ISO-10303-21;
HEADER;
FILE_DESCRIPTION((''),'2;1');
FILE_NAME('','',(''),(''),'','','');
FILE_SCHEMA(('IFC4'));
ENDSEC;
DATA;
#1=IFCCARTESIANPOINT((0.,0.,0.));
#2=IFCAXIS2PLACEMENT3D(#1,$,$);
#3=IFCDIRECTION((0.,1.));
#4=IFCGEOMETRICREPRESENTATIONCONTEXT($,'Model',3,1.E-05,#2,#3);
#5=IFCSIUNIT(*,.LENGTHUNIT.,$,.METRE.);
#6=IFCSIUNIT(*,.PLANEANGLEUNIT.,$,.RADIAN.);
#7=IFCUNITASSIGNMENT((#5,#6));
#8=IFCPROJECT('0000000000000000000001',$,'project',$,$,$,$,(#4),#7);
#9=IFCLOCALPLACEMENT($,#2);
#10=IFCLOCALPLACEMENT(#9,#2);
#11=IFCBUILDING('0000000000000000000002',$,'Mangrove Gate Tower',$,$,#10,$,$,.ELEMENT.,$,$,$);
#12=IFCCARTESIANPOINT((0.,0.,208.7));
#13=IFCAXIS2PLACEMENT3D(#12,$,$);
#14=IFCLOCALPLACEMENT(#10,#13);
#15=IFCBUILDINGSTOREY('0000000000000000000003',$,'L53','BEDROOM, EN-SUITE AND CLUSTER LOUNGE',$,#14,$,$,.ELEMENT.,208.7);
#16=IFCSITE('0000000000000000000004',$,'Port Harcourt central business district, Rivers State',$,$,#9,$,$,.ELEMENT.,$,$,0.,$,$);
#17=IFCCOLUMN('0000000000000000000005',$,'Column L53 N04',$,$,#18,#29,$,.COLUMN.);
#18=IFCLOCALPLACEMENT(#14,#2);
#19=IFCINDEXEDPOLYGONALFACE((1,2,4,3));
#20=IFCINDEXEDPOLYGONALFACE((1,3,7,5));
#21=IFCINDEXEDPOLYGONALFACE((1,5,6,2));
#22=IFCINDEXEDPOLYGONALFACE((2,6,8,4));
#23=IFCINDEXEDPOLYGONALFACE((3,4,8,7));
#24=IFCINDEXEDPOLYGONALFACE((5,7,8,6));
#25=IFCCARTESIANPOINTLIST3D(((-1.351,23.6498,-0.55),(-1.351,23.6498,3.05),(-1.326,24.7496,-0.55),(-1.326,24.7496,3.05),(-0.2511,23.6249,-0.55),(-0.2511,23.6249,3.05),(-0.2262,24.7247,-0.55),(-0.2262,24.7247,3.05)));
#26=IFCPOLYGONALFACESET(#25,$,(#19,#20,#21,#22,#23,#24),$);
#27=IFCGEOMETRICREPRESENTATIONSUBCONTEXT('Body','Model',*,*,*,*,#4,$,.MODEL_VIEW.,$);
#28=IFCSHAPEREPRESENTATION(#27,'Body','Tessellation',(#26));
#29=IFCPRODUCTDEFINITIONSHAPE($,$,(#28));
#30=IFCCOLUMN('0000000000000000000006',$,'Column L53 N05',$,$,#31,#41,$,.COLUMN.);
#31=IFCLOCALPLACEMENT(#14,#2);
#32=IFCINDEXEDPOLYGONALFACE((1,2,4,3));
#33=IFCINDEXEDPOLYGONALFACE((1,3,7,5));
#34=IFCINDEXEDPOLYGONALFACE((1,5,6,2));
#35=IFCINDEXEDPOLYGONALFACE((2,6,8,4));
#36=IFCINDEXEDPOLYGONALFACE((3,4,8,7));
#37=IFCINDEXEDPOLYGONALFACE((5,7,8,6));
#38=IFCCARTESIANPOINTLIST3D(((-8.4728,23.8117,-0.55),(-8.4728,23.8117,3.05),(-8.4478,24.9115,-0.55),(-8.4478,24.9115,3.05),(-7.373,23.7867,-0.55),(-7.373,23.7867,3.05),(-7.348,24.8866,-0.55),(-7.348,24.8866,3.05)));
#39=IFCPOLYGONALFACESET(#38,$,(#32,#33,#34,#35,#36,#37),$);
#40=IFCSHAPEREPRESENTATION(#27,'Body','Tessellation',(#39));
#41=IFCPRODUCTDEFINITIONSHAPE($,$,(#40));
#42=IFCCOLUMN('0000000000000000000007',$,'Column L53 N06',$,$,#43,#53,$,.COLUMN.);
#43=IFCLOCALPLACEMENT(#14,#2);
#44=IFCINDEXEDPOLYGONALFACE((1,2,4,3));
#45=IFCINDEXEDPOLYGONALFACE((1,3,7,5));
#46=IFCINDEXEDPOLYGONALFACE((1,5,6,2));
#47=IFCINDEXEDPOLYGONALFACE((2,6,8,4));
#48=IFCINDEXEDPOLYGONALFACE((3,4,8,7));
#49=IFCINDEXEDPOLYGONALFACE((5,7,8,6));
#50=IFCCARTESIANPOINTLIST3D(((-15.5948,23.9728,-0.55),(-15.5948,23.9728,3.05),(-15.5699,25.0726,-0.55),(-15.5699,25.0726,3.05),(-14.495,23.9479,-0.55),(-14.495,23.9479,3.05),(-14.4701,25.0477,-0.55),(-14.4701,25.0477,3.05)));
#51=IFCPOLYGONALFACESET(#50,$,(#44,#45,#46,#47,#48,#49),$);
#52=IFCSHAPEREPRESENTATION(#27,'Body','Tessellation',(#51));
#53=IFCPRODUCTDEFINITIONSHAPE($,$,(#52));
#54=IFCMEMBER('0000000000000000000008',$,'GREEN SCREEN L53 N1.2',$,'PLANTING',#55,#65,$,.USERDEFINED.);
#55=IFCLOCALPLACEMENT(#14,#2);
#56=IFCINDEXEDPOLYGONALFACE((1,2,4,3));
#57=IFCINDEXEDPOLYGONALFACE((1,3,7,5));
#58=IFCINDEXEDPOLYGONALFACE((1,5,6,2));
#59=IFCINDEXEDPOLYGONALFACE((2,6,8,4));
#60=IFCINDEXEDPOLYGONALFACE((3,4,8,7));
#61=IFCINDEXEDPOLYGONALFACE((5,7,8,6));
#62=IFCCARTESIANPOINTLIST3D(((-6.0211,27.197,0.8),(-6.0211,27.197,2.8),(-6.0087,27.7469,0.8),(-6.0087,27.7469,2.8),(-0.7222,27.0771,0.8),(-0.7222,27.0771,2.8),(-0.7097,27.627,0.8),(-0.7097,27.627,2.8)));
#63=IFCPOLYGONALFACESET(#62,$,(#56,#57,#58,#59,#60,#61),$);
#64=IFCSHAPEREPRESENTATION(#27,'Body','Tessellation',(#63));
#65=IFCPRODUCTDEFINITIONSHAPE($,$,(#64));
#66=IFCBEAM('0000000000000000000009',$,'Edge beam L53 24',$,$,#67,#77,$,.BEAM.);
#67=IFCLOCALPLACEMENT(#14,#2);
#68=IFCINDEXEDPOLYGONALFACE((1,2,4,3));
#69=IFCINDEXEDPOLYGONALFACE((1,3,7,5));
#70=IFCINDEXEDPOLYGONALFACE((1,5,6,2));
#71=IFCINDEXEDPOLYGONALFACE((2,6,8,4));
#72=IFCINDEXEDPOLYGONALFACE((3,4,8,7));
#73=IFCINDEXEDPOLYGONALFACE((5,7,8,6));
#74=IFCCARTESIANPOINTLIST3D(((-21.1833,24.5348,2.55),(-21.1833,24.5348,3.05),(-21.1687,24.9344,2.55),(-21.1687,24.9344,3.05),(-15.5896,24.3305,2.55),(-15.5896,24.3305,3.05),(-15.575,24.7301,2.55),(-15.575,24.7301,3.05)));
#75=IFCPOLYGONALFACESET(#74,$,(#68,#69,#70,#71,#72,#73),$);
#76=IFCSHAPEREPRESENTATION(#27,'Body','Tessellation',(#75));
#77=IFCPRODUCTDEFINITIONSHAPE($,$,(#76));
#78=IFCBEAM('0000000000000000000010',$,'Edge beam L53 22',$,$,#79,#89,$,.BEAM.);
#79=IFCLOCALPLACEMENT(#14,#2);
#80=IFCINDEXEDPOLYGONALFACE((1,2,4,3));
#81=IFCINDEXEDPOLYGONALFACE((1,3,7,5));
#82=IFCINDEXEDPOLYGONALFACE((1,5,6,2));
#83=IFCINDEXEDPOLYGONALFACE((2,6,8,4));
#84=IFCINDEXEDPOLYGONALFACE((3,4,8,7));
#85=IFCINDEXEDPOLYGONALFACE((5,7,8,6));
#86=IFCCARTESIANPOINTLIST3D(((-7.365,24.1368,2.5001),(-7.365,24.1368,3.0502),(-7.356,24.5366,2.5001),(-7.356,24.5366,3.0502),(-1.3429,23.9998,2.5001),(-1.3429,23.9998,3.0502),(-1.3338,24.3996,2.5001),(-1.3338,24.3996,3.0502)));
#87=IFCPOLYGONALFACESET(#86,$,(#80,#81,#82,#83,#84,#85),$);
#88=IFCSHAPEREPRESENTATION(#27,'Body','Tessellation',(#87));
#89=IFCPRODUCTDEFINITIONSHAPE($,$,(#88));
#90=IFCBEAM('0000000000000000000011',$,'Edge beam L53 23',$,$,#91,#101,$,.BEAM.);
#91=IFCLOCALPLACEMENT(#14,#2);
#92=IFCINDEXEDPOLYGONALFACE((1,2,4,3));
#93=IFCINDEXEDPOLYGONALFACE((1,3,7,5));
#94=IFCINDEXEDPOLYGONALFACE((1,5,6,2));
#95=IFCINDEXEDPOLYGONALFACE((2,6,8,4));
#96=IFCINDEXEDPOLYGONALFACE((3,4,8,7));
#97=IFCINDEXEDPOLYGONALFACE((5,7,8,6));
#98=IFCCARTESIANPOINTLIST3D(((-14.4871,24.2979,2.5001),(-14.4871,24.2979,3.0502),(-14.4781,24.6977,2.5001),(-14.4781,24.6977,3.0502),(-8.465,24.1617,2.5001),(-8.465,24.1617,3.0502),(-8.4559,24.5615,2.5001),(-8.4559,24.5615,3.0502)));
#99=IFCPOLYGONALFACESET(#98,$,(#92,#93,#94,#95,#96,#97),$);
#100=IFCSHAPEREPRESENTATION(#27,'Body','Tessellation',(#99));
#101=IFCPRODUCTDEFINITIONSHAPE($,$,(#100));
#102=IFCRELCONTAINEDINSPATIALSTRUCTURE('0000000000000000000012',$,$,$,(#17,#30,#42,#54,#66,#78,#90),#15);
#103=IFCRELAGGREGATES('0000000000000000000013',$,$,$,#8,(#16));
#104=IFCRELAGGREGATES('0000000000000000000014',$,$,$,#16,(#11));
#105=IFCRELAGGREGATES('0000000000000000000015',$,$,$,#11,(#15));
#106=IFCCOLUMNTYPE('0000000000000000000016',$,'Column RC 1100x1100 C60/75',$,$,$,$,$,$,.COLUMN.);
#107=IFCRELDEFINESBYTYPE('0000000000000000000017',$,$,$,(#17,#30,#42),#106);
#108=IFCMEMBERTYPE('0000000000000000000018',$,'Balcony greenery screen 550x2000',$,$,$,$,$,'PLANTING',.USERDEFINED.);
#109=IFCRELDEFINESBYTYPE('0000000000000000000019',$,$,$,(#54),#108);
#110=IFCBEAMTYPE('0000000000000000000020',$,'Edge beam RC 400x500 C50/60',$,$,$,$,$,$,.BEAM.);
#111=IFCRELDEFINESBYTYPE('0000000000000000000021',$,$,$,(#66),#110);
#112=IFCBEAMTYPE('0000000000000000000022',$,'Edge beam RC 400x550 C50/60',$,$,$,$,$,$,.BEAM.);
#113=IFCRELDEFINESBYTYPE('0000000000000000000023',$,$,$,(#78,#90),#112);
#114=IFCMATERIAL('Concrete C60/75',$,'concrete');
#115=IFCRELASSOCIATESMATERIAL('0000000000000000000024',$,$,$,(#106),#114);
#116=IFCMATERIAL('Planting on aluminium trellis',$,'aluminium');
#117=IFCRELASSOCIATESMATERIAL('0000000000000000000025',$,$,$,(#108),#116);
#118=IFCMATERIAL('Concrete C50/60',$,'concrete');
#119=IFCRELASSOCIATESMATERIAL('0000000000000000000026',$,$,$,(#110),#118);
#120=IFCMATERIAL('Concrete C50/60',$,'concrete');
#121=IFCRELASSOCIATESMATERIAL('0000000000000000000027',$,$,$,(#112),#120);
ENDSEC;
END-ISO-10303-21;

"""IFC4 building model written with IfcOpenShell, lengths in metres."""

from ifc_helpers import new_model, si_unit, direction, frame, origin, origin_2d, place, context, subcontext, project, spatial, rectangle, extrude, material, material_profile, profile_set, type_object, element, save


model = new_model("IFC4")

# Units and contexts
model_context = context("Model", 3, precision=1e-05, world=origin(), true_north=direction((0.0, 1.0)))
body_context = subcontext(model_context, "Body", "Model", "MODEL_VIEW")
ifc_project = project(units=[si_unit("LENGTHUNIT", "METRE"), si_unit("PLANEANGLEUNIT", "RADIAN")], contexts=[model_context])

# Site, building, storey
site_placement = place(None, origin())
site = spatial("IfcSite", under=ifc_project, at=site_placement, Name="Port Harcourt central business district, Rivers State", CompositionType="ELEMENT", RefElevation=0.0)
building_placement = place(site_placement, origin())
building = spatial("IfcBuilding", under=site, at=building_placement, Name="Mangrove Gate Tower", CompositionType="ELEMENT")
storey_placement = place(building_placement, frame((0.0, 0.0, 208.7)))
storey = spatial("IfcBuildingStorey", under=building, at=storey_placement, Name="L53", Description="BEDROOM, EN-SUITE AND CLUSTER LOUNGE", CompositionType="ELEMENT", Elevation=208.7)

# Columns
ifc_material_1 = material(Name="Concrete C60/75", Category="concrete")
ifc_material_profile_1 = material_profile(ifc_material_1, rectangle(XDim=1.1001, YDim=1.1001, at=origin_2d()))
ifc_profile_set_1 = profile_set([ifc_material_profile_1], Name="Concrete C60/75")
column_type = type_object("IfcColumnType", Name="Column RC 1100x1100 C60/75", PredefinedType="COLUMN", material=ifc_profile_set_1)
for number, where, z_axis, x_axis, name in (
    (1, (-0.7886, 24.1873, -0.55), (0.0, 0.0, 1.0), (-0.999743, 0.02267, 0.0), "Column L53 N04"),
    (2, (-7.9104, 24.3491, -0.55), (0.0, 0.0, 1.0), (-0.999743, 0.02267, 0.0), "Column L53 N05"),
    (3, (-15.0325, 24.5103, -0.55), (0.0, 0.0, 1.0), (-0.999743, 0.02267, 0.0), "Column L53 N06"),
):
    element("IfcColumn", number, at=place(storey_placement, frame(where, z_axis=z_axis, x_axis=x_axis)), inside=storey, type_object=column_type, Name=name, PredefinedType="COLUMN", context=body_context, shape_type="SweptSolid", body=[
        extrude(rectangle(XDim=1.1001, YDim=1.1001, at=origin_2d()), origin(), (0.0, 0.0, 1.0), 3.6001),
    ])

# Member
ifc_material_2 = material(Name="Planting on aluminium trellis", Category="aluminium")
ifc_material_profile_2 = material_profile(ifc_material_2, rectangle(XDim=0.55, YDim=2.0, at=origin_2d()))
ifc_profile_set_2 = profile_set([ifc_material_profile_2], Name="Planting on aluminium trellis")
member_type = type_object("IfcMemberType", Name="Balcony greenery screen 550x2000", ElementType="PLANTING", PredefinedType="USERDEFINED", material=ifc_profile_set_2)
member_placement = place(storey_placement, frame((-6.0149, 27.4719, 1.8), z_axis=(0.999744, -0.022617, 0.0), x_axis=(0.022617, 0.999744, 0.0)))
element("IfcMember", 4, at=member_placement, inside=storey, type_object=member_type, Name="GREEN SCREEN L53 N1.2", ObjectType="PLANTING", PredefinedType="USERDEFINED", context=body_context, shape_type="SweptSolid", body=[
    extrude(rectangle(XDim=0.55, YDim=2.0, at=origin_2d()), origin(), (0.0, 0.0, 1.0), 5.3003),
])

# Beams
ifc_material_3 = material(Name="Concrete C50/60", Category="concrete")
ifc_material_profile_3 = material_profile(ifc_material_3, rectangle(XDim=0.3999, YDim=0.5, at=origin_2d()))
ifc_profile_set_3 = profile_set([ifc_material_profile_3], Name="Concrete C50/60")
beam_type_1 = type_object("IfcBeamType", Name="Edge beam RC 400x500 C50/60", PredefinedType="BEAM", material=ifc_profile_set_3)
beam_placement = place(storey_placement, frame((-15.5823, 24.5303, 2.8), z_axis=(-0.999333, 0.036507, 0.0), x_axis=(-0.036507, -0.999333, 0.0)))
element("IfcBeam", 5, at=beam_placement, inside=storey, type_object=beam_type_1, Name="Edge beam L53 24", PredefinedType="BEAM", context=body_context, shape_type="SweptSolid", body=[
    extrude(rectangle(XDim=0.3999, YDim=0.5, at=origin_2d()), origin(), (0.0, 0.0, 1.0), 5.5974),
])
ifc_material_4 = material(Name="Concrete C50/60", Category="concrete")
ifc_material_profile_4 = material_profile(ifc_material_4, rectangle(XDim=0.3999, YDim=0.55, at=origin_2d()))
ifc_profile_set_4 = profile_set([ifc_material_profile_4], Name="Concrete C50/60")
beam_type_2 = type_object("IfcBeamType", Name="Edge beam RC 400x550 C50/60", PredefinedType="BEAM", material=ifc_profile_set_4)
for number, where, z_axis, x_axis, name in (
    (6, (-1.3384, 24.1997, 2.7751), (-0.999741, 0.022737, 0.0), (-0.022737, -0.999741, 0.0), "Edge beam L53 22"),
    (7, (-8.4604, 24.3616, 2.7751), (-0.999744, 0.022616, 0.0), (-0.022616, -0.999744, 0.0), "Edge beam L53 23"),
):
    element("IfcBeam", number, at=place(storey_placement, frame(where, z_axis=z_axis, x_axis=x_axis)), inside=storey, type_object=beam_type_2, Name=name, PredefinedType="BEAM", context=body_context, shape_type="SweptSolid", body=[
        extrude(rectangle(XDim=0.3999, YDim=0.55, at=origin_2d()), origin(), (0.0, 0.0, 1.0), 6.0237),
    ])

save(model, "model.ifc")
